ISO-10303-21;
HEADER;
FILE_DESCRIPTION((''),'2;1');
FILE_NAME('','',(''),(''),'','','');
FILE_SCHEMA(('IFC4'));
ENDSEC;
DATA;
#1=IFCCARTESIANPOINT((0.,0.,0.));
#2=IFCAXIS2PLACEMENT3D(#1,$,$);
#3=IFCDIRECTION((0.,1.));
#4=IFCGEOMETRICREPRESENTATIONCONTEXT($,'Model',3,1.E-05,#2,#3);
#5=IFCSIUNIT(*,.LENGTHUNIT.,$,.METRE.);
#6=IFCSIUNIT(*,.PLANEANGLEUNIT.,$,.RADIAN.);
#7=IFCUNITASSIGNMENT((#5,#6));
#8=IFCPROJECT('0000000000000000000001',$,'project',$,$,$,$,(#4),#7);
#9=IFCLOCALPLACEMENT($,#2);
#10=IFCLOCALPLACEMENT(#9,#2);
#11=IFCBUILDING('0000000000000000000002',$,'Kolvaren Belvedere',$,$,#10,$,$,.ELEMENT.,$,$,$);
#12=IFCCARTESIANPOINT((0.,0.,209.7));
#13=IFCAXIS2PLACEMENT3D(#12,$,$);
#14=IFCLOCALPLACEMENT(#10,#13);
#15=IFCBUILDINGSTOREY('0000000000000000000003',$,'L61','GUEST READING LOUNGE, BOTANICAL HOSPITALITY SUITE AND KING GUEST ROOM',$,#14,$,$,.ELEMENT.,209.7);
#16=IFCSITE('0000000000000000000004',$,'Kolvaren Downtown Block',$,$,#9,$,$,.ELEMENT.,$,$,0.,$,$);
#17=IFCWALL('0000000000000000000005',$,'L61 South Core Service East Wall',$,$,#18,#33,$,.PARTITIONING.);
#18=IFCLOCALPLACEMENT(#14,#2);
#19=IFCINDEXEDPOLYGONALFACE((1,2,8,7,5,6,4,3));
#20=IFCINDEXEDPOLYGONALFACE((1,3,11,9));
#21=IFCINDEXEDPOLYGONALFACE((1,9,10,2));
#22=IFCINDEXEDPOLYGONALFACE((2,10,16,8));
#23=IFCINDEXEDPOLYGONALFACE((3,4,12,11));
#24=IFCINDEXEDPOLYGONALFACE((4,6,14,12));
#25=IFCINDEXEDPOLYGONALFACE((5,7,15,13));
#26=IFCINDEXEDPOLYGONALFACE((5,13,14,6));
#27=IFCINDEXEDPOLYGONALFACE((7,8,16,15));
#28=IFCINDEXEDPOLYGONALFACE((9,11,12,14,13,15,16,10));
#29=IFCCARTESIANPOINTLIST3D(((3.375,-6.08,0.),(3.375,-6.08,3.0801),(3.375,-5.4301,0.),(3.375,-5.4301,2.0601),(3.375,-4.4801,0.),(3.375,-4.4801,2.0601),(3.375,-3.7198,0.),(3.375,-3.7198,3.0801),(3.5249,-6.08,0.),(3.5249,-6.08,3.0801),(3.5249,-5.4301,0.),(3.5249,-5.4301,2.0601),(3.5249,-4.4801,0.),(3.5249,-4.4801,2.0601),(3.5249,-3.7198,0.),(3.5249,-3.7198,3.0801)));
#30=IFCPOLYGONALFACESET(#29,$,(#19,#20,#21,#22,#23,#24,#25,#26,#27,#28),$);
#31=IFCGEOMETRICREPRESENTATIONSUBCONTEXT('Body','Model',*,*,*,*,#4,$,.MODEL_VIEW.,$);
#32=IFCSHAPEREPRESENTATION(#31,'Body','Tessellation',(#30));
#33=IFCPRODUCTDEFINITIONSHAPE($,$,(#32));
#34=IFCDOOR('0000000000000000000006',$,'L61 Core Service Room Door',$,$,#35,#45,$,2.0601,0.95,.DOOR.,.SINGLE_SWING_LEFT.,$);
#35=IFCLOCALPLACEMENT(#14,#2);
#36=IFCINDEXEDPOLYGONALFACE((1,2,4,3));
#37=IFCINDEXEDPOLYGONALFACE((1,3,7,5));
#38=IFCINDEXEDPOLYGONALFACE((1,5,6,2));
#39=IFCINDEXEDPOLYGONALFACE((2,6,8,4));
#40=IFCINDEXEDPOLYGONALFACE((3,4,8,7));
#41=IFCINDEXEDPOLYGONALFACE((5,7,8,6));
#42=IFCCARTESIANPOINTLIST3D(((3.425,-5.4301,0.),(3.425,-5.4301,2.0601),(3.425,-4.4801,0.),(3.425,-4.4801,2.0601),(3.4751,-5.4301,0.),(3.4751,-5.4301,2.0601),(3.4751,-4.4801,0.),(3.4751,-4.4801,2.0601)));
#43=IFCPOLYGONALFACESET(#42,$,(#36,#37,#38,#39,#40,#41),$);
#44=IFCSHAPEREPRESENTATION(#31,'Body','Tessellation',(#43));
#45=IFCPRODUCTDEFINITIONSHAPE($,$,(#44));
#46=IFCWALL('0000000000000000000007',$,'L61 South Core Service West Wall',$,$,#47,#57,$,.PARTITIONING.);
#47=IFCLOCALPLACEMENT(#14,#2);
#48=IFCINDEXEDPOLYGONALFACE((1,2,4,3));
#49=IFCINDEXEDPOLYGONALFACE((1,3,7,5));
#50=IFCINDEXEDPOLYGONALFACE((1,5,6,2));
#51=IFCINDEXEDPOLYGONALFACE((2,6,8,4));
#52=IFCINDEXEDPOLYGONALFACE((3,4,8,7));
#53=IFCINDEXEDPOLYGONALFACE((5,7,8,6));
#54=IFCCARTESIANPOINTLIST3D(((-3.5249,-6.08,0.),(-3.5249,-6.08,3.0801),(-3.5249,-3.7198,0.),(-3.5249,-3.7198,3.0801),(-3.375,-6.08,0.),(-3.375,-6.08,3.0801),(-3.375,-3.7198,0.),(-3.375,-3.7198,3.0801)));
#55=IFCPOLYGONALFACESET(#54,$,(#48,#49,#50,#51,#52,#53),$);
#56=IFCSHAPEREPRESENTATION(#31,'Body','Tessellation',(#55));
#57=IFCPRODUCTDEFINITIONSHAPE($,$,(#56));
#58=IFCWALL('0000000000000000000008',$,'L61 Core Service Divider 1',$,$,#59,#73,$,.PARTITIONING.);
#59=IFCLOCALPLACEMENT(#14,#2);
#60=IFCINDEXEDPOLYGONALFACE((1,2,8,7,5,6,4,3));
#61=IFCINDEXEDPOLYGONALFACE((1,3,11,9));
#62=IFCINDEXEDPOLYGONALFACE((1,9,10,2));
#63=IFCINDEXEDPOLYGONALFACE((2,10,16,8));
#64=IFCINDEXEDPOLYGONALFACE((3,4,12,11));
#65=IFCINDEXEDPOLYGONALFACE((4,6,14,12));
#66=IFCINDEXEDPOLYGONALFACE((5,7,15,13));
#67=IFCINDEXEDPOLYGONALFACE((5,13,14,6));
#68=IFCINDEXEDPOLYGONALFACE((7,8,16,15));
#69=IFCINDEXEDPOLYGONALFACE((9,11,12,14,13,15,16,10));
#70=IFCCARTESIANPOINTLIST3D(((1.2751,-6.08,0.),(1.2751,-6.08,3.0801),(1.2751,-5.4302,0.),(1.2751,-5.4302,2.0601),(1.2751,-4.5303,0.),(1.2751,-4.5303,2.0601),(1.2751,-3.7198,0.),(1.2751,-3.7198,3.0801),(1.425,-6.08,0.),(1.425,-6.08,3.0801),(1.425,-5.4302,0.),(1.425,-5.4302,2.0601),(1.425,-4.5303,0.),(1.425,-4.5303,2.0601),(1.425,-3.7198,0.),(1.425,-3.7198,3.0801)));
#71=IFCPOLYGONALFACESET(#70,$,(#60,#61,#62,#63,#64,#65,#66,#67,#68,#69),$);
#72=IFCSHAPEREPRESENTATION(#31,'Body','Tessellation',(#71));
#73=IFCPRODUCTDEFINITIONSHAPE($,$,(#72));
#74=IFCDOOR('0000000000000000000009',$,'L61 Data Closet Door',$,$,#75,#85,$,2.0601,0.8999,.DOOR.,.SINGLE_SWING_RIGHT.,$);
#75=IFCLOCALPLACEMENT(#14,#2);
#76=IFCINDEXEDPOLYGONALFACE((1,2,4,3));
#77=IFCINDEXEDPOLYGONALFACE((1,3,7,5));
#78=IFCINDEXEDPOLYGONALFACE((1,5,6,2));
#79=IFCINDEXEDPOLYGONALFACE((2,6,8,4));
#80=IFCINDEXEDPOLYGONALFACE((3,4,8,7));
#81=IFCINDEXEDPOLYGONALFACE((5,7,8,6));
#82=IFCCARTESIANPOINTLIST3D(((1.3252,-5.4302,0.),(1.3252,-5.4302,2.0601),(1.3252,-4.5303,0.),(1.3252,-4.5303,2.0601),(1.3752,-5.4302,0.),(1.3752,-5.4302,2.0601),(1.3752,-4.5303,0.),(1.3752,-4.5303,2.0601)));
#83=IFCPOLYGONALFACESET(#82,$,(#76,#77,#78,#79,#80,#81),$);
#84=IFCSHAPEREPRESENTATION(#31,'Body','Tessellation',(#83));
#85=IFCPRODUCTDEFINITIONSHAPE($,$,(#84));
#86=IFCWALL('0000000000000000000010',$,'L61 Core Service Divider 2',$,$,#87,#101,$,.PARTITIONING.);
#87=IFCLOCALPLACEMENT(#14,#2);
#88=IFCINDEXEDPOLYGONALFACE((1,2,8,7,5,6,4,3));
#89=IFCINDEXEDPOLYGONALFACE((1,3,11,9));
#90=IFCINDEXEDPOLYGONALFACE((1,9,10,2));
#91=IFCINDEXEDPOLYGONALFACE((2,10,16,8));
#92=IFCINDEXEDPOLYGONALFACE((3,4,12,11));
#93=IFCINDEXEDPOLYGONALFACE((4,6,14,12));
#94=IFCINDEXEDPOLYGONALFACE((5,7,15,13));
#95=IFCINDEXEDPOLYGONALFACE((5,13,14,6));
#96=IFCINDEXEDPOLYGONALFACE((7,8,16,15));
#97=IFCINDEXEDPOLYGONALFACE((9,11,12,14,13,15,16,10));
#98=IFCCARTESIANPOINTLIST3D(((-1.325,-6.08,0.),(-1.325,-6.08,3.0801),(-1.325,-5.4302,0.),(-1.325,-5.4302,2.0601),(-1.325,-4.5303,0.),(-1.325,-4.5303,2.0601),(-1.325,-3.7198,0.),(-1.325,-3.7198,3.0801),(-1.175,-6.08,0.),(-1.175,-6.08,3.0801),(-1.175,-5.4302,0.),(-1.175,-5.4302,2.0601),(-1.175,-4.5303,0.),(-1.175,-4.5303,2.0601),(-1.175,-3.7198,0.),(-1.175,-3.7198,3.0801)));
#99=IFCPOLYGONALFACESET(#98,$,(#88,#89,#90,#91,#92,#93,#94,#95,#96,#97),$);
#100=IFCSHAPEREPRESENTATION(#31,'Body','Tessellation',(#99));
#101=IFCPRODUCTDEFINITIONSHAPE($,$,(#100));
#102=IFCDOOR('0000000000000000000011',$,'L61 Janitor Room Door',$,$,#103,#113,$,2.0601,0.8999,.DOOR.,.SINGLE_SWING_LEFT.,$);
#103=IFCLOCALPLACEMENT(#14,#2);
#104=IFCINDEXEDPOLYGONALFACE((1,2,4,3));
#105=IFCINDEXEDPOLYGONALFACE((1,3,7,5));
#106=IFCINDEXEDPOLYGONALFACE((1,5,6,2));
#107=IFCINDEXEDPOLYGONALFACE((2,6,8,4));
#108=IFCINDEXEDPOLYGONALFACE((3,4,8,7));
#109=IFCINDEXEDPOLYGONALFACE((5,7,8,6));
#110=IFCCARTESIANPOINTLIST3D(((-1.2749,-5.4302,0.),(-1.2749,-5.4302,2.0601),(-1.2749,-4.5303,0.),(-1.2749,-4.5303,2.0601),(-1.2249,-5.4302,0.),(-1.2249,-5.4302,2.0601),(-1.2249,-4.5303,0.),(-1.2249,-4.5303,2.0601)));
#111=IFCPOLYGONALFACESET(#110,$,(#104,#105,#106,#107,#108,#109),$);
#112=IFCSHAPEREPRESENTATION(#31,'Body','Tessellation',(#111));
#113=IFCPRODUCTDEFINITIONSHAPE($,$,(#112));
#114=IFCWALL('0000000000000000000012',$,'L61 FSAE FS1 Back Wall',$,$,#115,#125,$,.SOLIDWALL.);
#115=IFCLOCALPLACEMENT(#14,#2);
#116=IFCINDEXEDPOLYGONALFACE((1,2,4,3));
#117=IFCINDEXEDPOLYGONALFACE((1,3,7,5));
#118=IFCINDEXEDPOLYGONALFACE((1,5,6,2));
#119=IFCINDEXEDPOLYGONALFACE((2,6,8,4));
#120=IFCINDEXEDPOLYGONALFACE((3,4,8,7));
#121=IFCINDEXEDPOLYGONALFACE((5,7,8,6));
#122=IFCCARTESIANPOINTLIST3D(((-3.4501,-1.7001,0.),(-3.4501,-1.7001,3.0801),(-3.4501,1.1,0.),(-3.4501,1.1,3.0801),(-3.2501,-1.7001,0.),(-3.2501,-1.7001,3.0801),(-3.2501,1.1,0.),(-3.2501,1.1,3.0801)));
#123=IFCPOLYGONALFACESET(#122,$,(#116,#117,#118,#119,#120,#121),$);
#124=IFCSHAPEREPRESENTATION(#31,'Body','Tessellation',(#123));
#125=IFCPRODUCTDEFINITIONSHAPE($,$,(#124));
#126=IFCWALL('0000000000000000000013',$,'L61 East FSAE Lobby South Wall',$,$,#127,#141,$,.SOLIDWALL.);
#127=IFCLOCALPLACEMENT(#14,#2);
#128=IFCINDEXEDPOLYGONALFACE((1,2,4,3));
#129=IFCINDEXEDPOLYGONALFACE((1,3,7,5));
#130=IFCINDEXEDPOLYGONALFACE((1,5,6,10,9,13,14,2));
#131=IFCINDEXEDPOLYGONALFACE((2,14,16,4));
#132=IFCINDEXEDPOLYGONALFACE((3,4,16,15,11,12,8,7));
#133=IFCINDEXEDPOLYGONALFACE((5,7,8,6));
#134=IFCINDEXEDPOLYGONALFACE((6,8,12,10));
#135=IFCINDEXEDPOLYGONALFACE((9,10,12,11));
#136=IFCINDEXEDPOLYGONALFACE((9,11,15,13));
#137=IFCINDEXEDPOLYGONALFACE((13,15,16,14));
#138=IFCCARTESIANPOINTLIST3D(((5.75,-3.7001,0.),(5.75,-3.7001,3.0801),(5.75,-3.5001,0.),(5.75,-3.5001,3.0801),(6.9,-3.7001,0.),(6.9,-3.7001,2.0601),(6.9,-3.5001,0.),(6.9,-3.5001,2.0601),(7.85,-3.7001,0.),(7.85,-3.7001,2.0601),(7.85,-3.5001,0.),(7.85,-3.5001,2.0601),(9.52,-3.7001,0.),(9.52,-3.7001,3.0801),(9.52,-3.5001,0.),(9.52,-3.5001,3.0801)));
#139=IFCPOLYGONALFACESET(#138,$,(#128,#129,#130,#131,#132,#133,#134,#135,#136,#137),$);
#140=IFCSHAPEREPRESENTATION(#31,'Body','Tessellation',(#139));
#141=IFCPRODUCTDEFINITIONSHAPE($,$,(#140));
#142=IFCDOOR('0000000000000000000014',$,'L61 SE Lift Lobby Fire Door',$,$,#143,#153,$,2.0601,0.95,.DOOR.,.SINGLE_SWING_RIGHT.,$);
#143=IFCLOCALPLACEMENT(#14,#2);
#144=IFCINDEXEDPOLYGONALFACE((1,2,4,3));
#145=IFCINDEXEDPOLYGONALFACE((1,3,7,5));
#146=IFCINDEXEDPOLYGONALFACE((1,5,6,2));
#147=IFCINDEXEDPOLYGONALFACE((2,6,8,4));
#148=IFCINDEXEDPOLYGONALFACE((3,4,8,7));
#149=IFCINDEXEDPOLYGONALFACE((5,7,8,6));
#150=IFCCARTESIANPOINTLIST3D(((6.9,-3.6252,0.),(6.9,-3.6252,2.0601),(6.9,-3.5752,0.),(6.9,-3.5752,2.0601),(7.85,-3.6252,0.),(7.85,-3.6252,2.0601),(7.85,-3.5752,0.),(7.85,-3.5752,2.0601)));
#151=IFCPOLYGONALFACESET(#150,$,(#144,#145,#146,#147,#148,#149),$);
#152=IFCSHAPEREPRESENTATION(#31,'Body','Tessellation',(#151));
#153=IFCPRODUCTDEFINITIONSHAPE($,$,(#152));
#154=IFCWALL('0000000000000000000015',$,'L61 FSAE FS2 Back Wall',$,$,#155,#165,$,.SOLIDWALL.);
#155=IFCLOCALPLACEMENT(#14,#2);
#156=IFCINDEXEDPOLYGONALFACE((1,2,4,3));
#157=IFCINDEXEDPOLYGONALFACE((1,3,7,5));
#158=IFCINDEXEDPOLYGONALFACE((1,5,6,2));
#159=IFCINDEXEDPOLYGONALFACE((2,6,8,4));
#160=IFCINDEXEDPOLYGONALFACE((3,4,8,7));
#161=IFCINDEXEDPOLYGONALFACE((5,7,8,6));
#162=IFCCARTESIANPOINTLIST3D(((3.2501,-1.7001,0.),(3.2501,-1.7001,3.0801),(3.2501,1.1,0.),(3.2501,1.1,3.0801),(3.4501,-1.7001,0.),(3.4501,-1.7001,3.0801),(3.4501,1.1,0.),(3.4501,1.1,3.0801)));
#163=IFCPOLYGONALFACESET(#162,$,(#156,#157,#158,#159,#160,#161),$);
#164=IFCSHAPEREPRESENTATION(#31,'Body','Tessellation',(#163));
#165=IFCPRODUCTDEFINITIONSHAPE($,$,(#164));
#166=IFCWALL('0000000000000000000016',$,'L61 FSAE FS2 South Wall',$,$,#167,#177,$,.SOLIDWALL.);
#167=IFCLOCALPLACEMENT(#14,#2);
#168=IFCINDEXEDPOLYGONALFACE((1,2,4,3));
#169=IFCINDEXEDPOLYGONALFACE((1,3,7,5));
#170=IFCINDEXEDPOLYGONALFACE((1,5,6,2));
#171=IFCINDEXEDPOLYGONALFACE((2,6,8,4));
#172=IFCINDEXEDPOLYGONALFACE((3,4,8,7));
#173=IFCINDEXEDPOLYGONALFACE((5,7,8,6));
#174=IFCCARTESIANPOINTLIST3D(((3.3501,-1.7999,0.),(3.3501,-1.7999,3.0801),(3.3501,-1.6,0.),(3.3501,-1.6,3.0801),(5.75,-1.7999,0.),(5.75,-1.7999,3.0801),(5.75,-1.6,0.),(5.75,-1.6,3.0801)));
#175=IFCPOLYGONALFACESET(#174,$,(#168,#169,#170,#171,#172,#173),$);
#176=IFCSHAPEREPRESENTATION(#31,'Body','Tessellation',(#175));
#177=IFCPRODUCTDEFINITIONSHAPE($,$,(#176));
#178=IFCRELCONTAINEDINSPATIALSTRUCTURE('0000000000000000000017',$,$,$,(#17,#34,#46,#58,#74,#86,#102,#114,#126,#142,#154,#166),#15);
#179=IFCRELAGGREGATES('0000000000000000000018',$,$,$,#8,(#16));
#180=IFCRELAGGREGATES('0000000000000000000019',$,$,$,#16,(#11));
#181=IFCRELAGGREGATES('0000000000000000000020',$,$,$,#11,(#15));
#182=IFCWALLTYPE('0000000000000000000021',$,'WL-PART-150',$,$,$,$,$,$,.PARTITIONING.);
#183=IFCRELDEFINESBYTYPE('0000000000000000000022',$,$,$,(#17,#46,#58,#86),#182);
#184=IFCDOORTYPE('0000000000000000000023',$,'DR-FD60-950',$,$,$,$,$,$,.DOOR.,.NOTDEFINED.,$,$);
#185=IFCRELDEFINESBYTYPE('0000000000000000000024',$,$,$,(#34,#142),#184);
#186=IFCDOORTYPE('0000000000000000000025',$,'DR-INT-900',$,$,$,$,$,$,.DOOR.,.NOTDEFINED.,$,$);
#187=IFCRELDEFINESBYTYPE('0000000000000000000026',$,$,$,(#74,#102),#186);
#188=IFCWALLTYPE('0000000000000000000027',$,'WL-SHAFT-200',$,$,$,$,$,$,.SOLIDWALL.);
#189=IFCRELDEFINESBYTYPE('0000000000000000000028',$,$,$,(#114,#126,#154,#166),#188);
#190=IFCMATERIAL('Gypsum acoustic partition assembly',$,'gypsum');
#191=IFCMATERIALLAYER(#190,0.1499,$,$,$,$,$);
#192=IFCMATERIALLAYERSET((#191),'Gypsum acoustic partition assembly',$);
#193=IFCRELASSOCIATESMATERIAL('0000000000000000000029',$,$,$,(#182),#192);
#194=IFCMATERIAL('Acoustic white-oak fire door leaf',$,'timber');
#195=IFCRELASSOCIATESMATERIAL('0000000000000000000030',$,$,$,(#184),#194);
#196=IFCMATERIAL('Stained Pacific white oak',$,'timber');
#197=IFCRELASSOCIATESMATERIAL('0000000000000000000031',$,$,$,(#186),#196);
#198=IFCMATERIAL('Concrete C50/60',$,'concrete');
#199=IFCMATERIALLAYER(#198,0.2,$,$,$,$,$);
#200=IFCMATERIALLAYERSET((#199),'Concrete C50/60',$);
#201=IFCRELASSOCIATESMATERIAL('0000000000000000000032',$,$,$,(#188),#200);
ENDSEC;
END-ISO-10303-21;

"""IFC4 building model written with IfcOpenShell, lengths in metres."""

from ifc_helpers import new_model, si_unit, direction, frame, frame_2d, origin, place, context, subcontext, project, spatial, rectangle, extrude, material, layer, layer_set, type_object, element, fill, save


model = new_model("IFC4")

# Units and contexts
model_context = context("Model", 3, precision=1e-05, world=origin(), true_north=direction((0.0, 1.0)))
body_context = subcontext(model_context, "Body", "Model", "MODEL_VIEW")
ifc_project = project(units=[si_unit("LENGTHUNIT", "METRE"), si_unit("PLANEANGLEUNIT", "RADIAN")], contexts=[model_context])

# Site, building, storey
site_placement = place(None, origin())
site = spatial("IfcSite", under=ifc_project, at=site_placement, Name="Kolvaren Downtown Block", CompositionType="ELEMENT", RefElevation=0.0)
building_placement = place(site_placement, origin())
building = spatial("IfcBuilding", under=site, at=building_placement, Name="Kolvaren Belvedere", CompositionType="ELEMENT")
storey_placement = place(building_placement, frame((0.0, 0.0, 209.7)))
storey = spatial("IfcBuildingStorey", under=building, at=storey_placement, Name="L61", Description="GUEST READING LOUNGE, BOTANICAL HOSPITALITY SUITE AND KING GUEST ROOM", CompositionType="ELEMENT", Elevation=209.7)

# Shared definitions
ifc_material_1 = material(Name="Gypsum acoustic partition assembly", Category="gypsum")
ifc_layer_1 = layer(ifc_material_1, 0.1499)
ifc_layer_set_1 = layer_set([ifc_layer_1], Name="Gypsum acoustic partition assembly")
wall_type_1 = type_object("IfcWallType", Name="WL-PART-150", PredefinedType="PARTITIONING", material=ifc_layer_set_1)

# Wall, opening, door
wall_1_placement = place(storey_placement, frame((3.45, -6.0801, 0.0), z_axis=(0.0, 0.0, 1.0), x_axis=(0.0, 1.0, 0.0)))
wall_1 = element("IfcWall", 1, at=wall_1_placement, inside=storey, type_object=wall_type_1, Name="L61 South Core Service East Wall", PredefinedType="PARTITIONING", context=body_context, shape_type="SweptSolid", body=[
    extrude(rectangle(XDim=2.3601, YDim=0.1499, at=frame_2d((1.1802, 0.0))), origin(), (0.0, 0.0, 1.0), 3.0801),
])
opening_1_placement = place(wall_1_placement, frame((0.6499, 0.0, 0.0)))
opening_1 = element("IfcOpeningElement", 2, at=opening_1_placement, cuts=wall_1, PredefinedType="OPENING", context=body_context, shape_type="SweptSolid", body=[
    extrude(rectangle(XDim=0.95, YDim=2.0601, at=frame_2d((0.4751, 1.03))), frame((0.0, 0.085, 0.0), z_axis=(0.0, -1.0, 0.0), x_axis=(1.0, 0.0, 0.0)), (0.0, 0.0, 1.0), 0.1699),
])
ifc_material_2 = material(Name="Acoustic white-oak fire door leaf", Category="timber")
door_type_1 = type_object("IfcDoorType", Name="DR-FD60-950", OperationType="NOTDEFINED", PredefinedType="DOOR", material=ifc_material_2)
door_1_placement = place(opening_1_placement, origin())
door_1 = element("IfcDoor", 3, at=door_1_placement, inside=storey, type_object=door_type_1, Name="L61 Core Service Room Door", OperationType="SINGLE_SWING_LEFT", OverallHeight=2.0601, OverallWidth=0.95, PredefinedType="DOOR", context=body_context, shape_type="SweptSolid", body=[
    extrude(rectangle(XDim=0.95, YDim=2.0601, at=frame_2d((0.4751, 1.03))), frame((0.0, 0.0249, 0.0), z_axis=(0.0, -1.0, 0.0), x_axis=(1.0, 0.0, 0.0)), (0.0, 0.0, 1.0), 0.05),
])
fill(opening_1, door_1)

# Wall
wall_2_placement = place(storey_placement, frame((-3.45, -6.0801, 0.0), z_axis=(0.0, 0.0, 1.0), x_axis=(0.0, 1.0, 0.0)))
element("IfcWall", 4, at=wall_2_placement, inside=storey, type_object=wall_type_1, Name="L61 South Core Service West Wall", PredefinedType="PARTITIONING", context=body_context, shape_type="SweptSolid", body=[
    extrude(rectangle(XDim=2.3601, YDim=0.1499, at=frame_2d((1.1802, 0.0))), origin(), (0.0, 0.0, 1.0), 3.0801),
])

# Walls, openings, doors
wall_3_placement = place(storey_placement, frame((1.3501, -6.0801, 0.0), z_axis=(0.0, 0.0, 1.0), x_axis=(0.0, 1.0, 0.0)))
wall_3 = element("IfcWall", 5, at=wall_3_placement, inside=storey, type_object=wall_type_1, Name="L61 Core Service Divider 1", PredefinedType="PARTITIONING", context=body_context, shape_type="SweptSolid", body=[
    extrude(rectangle(XDim=2.3601, YDim=0.1499, at=frame_2d((1.1802, 0.0))), origin(), (0.0, 0.0, 1.0), 3.0801),
])
opening_2_placement = place(wall_3_placement, frame((0.6499, 0.0, 0.0)))
opening_2 = element("IfcOpeningElement", 6, at=opening_2_placement, cuts=wall_3, PredefinedType="OPENING", context=body_context, shape_type="SweptSolid", body=[
    extrude(rectangle(XDim=0.8999, YDim=2.0601, at=frame_2d((0.45, 1.03))), frame((0.0, 0.085, 0.0), z_axis=(0.0, -1.0, 0.0), x_axis=(1.0, 0.0, 0.0)), (0.0, 0.0, 1.0), 0.1699),
])
ifc_material_3 = material(Name="Stained Pacific white oak", Category="timber")
door_type_2 = type_object("IfcDoorType", Name="DR-INT-900", OperationType="NOTDEFINED", PredefinedType="DOOR", material=ifc_material_3)
door_2_placement = place(opening_2_placement, origin())
door_2 = element("IfcDoor", 7, at=door_2_placement, inside=storey, type_object=door_type_2, Name="L61 Data Closet Door", OperationType="SINGLE_SWING_RIGHT", OverallHeight=2.0601, OverallWidth=0.8999, PredefinedType="DOOR", context=body_context, shape_type="SweptSolid", body=[
    extrude(rectangle(XDim=0.8999, YDim=2.0601, at=frame_2d((0.45, 1.03))), frame((0.0, 0.0249, 0.0), z_axis=(0.0, -1.0, 0.0), x_axis=(1.0, 0.0, 0.0)), (0.0, 0.0, 1.0), 0.05),
])
fill(opening_2, door_2)
wall_4_placement = place(storey_placement, frame((-1.25, -6.0801, 0.0), z_axis=(0.0, 0.0, 1.0), x_axis=(0.0, 1.0, 0.0)))
wall_4 = element("IfcWall", 8, at=wall_4_placement, inside=storey, type_object=wall_type_1, Name="L61 Core Service Divider 2", PredefinedType="PARTITIONING", context=body_context, shape_type="SweptSolid", body=[
    extrude(rectangle(XDim=2.3601, YDim=0.1499, at=frame_2d((1.1802, 0.0))), origin(), (0.0, 0.0, 1.0), 3.0801),
])
opening_3_placement = place(wall_4_placement, frame((0.6499, 0.0, 0.0)))
opening_3 = element("IfcOpeningElement", 9, at=opening_3_placement, cuts=wall_4, PredefinedType="OPENING", context=body_context, shape_type="SweptSolid", body=[
    extrude(rectangle(XDim=0.8999, YDim=2.0601, at=frame_2d((0.45, 1.03))), frame((0.0, 0.085, 0.0), z_axis=(0.0, -1.0, 0.0), x_axis=(1.0, 0.0, 0.0)), (0.0, 0.0, 1.0), 0.1699),
])
door_3_placement = place(opening_3_placement, origin())
door_3 = element("IfcDoor", 10, at=door_3_placement, inside=storey, type_object=door_type_2, Name="L61 Janitor Room Door", OperationType="SINGLE_SWING_LEFT", OverallHeight=2.0601, OverallWidth=0.8999, PredefinedType="DOOR", context=body_context, shape_type="SweptSolid", body=[
    extrude(rectangle(XDim=0.8999, YDim=2.0601, at=frame_2d((0.45, 1.03))), frame((0.0, 0.0249, 0.0), z_axis=(0.0, -1.0, 0.0), x_axis=(1.0, 0.0, 0.0)), (0.0, 0.0, 1.0), 0.05),
])
fill(opening_3, door_3)

# Wall
ifc_material_4 = material(Name="Concrete C50/60", Category="concrete")
ifc_layer_2 = layer(ifc_material_4, 0.2)
ifc_layer_set_2 = layer_set([ifc_layer_2], Name="Concrete C50/60")
wall_type_2 = type_object("IfcWallType", Name="WL-SHAFT-200", PredefinedType="SOLIDWALL", material=ifc_layer_set_2)
wall_5_placement = place(storey_placement, frame((-3.3501, -1.7, 0.0), z_axis=(0.0, 0.0, 1.0), x_axis=(0.0, 1.0, 0.0)))
element("IfcWall", 11, at=wall_5_placement, inside=storey, type_object=wall_type_2, Name="L61 FSAE FS1 Back Wall", PredefinedType="SOLIDWALL", context=body_context, shape_type="SweptSolid", body=[
    extrude(rectangle(XDim=2.8, YDim=0.2, at=frame_2d((1.3999, 0.0))), origin(), (0.0, 0.0, 1.0), 3.0801),
])

# Wall, opening, door
wall_6_placement = place(storey_placement, frame((5.75, -3.6001, 0.0), z_axis=(0.0, 0.0, 1.0), x_axis=(1.0, 0.0, 0.0)))
wall_6 = element("IfcWall", 12, at=wall_6_placement, inside=storey, type_object=wall_type_2, Name="L61 East FSAE Lobby South Wall", PredefinedType="SOLIDWALL", context=body_context, shape_type="SweptSolid", body=[
    extrude(rectangle(XDim=3.77, YDim=0.2, at=frame_2d((1.885, 0.0))), origin(), (0.0, 0.0, 1.0), 3.0801),
])
opening_4_placement = place(wall_6_placement, frame((1.1499, 0.0, 0.0)))
opening_4 = element("IfcOpeningElement", 13, at=opening_4_placement, cuts=wall_6, PredefinedType="OPENING", context=body_context, shape_type="SweptSolid", body=[
    extrude(rectangle(XDim=0.95, YDim=2.0601, at=frame_2d((0.4751, 1.03))), frame((0.0, 0.1099, 0.0), z_axis=(0.0, -1.0, 0.0), x_axis=(1.0, 0.0, 0.0)), (0.0, 0.0, 1.0), 0.22),
])
door_4_placement = place(opening_4_placement, origin())
door_4 = element("IfcDoor", 14, at=door_4_placement, inside=storey, type_object=door_type_1, Name="L61 SE Lift Lobby Fire Door", OperationType="SINGLE_SWING_RIGHT", OverallHeight=2.0601, OverallWidth=0.95, PredefinedType="DOOR", context=body_context, shape_type="SweptSolid", body=[
    extrude(rectangle(XDim=0.95, YDim=2.0601, at=frame_2d((0.4751, 1.03))), frame((0.0, 0.0249, 0.0), z_axis=(0.0, -1.0, 0.0), x_axis=(1.0, 0.0, 0.0)), (0.0, 0.0, 1.0), 0.05),
])
fill(opening_4, door_4)

# Walls
wall_7_placement = place(storey_placement, frame((3.3501, -1.7, 0.0), z_axis=(0.0, 0.0, 1.0), x_axis=(0.0, 1.0, 0.0)))
element("IfcWall", 15, at=wall_7_placement, inside=storey, type_object=wall_type_2, Name="L61 FSAE FS2 Back Wall", PredefinedType="SOLIDWALL", context=body_context, shape_type="SweptSolid", body=[
    extrude(rectangle(XDim=2.8, YDim=0.2, at=frame_2d((1.3999, 0.0))), origin(), (0.0, 0.0, 1.0), 3.0801),
])
wall_8_placement = place(storey_placement, frame((3.3501, -1.7, 0.0), z_axis=(0.0, 0.0, 1.0), x_axis=(1.0, 0.0, 0.0)))
element("IfcWall", 16, at=wall_8_placement, inside=storey, type_object=wall_type_2, Name="L61 FSAE FS2 South Wall", PredefinedType="SOLIDWALL", context=body_context, shape_type="SweptSolid", body=[
    extrude(rectangle(XDim=2.3999, YDim=0.2, at=frame_2d((1.2, 0.0))), origin(), (0.0, 0.0, 1.0), 3.0801),
])

save(model, "model.ifc")
